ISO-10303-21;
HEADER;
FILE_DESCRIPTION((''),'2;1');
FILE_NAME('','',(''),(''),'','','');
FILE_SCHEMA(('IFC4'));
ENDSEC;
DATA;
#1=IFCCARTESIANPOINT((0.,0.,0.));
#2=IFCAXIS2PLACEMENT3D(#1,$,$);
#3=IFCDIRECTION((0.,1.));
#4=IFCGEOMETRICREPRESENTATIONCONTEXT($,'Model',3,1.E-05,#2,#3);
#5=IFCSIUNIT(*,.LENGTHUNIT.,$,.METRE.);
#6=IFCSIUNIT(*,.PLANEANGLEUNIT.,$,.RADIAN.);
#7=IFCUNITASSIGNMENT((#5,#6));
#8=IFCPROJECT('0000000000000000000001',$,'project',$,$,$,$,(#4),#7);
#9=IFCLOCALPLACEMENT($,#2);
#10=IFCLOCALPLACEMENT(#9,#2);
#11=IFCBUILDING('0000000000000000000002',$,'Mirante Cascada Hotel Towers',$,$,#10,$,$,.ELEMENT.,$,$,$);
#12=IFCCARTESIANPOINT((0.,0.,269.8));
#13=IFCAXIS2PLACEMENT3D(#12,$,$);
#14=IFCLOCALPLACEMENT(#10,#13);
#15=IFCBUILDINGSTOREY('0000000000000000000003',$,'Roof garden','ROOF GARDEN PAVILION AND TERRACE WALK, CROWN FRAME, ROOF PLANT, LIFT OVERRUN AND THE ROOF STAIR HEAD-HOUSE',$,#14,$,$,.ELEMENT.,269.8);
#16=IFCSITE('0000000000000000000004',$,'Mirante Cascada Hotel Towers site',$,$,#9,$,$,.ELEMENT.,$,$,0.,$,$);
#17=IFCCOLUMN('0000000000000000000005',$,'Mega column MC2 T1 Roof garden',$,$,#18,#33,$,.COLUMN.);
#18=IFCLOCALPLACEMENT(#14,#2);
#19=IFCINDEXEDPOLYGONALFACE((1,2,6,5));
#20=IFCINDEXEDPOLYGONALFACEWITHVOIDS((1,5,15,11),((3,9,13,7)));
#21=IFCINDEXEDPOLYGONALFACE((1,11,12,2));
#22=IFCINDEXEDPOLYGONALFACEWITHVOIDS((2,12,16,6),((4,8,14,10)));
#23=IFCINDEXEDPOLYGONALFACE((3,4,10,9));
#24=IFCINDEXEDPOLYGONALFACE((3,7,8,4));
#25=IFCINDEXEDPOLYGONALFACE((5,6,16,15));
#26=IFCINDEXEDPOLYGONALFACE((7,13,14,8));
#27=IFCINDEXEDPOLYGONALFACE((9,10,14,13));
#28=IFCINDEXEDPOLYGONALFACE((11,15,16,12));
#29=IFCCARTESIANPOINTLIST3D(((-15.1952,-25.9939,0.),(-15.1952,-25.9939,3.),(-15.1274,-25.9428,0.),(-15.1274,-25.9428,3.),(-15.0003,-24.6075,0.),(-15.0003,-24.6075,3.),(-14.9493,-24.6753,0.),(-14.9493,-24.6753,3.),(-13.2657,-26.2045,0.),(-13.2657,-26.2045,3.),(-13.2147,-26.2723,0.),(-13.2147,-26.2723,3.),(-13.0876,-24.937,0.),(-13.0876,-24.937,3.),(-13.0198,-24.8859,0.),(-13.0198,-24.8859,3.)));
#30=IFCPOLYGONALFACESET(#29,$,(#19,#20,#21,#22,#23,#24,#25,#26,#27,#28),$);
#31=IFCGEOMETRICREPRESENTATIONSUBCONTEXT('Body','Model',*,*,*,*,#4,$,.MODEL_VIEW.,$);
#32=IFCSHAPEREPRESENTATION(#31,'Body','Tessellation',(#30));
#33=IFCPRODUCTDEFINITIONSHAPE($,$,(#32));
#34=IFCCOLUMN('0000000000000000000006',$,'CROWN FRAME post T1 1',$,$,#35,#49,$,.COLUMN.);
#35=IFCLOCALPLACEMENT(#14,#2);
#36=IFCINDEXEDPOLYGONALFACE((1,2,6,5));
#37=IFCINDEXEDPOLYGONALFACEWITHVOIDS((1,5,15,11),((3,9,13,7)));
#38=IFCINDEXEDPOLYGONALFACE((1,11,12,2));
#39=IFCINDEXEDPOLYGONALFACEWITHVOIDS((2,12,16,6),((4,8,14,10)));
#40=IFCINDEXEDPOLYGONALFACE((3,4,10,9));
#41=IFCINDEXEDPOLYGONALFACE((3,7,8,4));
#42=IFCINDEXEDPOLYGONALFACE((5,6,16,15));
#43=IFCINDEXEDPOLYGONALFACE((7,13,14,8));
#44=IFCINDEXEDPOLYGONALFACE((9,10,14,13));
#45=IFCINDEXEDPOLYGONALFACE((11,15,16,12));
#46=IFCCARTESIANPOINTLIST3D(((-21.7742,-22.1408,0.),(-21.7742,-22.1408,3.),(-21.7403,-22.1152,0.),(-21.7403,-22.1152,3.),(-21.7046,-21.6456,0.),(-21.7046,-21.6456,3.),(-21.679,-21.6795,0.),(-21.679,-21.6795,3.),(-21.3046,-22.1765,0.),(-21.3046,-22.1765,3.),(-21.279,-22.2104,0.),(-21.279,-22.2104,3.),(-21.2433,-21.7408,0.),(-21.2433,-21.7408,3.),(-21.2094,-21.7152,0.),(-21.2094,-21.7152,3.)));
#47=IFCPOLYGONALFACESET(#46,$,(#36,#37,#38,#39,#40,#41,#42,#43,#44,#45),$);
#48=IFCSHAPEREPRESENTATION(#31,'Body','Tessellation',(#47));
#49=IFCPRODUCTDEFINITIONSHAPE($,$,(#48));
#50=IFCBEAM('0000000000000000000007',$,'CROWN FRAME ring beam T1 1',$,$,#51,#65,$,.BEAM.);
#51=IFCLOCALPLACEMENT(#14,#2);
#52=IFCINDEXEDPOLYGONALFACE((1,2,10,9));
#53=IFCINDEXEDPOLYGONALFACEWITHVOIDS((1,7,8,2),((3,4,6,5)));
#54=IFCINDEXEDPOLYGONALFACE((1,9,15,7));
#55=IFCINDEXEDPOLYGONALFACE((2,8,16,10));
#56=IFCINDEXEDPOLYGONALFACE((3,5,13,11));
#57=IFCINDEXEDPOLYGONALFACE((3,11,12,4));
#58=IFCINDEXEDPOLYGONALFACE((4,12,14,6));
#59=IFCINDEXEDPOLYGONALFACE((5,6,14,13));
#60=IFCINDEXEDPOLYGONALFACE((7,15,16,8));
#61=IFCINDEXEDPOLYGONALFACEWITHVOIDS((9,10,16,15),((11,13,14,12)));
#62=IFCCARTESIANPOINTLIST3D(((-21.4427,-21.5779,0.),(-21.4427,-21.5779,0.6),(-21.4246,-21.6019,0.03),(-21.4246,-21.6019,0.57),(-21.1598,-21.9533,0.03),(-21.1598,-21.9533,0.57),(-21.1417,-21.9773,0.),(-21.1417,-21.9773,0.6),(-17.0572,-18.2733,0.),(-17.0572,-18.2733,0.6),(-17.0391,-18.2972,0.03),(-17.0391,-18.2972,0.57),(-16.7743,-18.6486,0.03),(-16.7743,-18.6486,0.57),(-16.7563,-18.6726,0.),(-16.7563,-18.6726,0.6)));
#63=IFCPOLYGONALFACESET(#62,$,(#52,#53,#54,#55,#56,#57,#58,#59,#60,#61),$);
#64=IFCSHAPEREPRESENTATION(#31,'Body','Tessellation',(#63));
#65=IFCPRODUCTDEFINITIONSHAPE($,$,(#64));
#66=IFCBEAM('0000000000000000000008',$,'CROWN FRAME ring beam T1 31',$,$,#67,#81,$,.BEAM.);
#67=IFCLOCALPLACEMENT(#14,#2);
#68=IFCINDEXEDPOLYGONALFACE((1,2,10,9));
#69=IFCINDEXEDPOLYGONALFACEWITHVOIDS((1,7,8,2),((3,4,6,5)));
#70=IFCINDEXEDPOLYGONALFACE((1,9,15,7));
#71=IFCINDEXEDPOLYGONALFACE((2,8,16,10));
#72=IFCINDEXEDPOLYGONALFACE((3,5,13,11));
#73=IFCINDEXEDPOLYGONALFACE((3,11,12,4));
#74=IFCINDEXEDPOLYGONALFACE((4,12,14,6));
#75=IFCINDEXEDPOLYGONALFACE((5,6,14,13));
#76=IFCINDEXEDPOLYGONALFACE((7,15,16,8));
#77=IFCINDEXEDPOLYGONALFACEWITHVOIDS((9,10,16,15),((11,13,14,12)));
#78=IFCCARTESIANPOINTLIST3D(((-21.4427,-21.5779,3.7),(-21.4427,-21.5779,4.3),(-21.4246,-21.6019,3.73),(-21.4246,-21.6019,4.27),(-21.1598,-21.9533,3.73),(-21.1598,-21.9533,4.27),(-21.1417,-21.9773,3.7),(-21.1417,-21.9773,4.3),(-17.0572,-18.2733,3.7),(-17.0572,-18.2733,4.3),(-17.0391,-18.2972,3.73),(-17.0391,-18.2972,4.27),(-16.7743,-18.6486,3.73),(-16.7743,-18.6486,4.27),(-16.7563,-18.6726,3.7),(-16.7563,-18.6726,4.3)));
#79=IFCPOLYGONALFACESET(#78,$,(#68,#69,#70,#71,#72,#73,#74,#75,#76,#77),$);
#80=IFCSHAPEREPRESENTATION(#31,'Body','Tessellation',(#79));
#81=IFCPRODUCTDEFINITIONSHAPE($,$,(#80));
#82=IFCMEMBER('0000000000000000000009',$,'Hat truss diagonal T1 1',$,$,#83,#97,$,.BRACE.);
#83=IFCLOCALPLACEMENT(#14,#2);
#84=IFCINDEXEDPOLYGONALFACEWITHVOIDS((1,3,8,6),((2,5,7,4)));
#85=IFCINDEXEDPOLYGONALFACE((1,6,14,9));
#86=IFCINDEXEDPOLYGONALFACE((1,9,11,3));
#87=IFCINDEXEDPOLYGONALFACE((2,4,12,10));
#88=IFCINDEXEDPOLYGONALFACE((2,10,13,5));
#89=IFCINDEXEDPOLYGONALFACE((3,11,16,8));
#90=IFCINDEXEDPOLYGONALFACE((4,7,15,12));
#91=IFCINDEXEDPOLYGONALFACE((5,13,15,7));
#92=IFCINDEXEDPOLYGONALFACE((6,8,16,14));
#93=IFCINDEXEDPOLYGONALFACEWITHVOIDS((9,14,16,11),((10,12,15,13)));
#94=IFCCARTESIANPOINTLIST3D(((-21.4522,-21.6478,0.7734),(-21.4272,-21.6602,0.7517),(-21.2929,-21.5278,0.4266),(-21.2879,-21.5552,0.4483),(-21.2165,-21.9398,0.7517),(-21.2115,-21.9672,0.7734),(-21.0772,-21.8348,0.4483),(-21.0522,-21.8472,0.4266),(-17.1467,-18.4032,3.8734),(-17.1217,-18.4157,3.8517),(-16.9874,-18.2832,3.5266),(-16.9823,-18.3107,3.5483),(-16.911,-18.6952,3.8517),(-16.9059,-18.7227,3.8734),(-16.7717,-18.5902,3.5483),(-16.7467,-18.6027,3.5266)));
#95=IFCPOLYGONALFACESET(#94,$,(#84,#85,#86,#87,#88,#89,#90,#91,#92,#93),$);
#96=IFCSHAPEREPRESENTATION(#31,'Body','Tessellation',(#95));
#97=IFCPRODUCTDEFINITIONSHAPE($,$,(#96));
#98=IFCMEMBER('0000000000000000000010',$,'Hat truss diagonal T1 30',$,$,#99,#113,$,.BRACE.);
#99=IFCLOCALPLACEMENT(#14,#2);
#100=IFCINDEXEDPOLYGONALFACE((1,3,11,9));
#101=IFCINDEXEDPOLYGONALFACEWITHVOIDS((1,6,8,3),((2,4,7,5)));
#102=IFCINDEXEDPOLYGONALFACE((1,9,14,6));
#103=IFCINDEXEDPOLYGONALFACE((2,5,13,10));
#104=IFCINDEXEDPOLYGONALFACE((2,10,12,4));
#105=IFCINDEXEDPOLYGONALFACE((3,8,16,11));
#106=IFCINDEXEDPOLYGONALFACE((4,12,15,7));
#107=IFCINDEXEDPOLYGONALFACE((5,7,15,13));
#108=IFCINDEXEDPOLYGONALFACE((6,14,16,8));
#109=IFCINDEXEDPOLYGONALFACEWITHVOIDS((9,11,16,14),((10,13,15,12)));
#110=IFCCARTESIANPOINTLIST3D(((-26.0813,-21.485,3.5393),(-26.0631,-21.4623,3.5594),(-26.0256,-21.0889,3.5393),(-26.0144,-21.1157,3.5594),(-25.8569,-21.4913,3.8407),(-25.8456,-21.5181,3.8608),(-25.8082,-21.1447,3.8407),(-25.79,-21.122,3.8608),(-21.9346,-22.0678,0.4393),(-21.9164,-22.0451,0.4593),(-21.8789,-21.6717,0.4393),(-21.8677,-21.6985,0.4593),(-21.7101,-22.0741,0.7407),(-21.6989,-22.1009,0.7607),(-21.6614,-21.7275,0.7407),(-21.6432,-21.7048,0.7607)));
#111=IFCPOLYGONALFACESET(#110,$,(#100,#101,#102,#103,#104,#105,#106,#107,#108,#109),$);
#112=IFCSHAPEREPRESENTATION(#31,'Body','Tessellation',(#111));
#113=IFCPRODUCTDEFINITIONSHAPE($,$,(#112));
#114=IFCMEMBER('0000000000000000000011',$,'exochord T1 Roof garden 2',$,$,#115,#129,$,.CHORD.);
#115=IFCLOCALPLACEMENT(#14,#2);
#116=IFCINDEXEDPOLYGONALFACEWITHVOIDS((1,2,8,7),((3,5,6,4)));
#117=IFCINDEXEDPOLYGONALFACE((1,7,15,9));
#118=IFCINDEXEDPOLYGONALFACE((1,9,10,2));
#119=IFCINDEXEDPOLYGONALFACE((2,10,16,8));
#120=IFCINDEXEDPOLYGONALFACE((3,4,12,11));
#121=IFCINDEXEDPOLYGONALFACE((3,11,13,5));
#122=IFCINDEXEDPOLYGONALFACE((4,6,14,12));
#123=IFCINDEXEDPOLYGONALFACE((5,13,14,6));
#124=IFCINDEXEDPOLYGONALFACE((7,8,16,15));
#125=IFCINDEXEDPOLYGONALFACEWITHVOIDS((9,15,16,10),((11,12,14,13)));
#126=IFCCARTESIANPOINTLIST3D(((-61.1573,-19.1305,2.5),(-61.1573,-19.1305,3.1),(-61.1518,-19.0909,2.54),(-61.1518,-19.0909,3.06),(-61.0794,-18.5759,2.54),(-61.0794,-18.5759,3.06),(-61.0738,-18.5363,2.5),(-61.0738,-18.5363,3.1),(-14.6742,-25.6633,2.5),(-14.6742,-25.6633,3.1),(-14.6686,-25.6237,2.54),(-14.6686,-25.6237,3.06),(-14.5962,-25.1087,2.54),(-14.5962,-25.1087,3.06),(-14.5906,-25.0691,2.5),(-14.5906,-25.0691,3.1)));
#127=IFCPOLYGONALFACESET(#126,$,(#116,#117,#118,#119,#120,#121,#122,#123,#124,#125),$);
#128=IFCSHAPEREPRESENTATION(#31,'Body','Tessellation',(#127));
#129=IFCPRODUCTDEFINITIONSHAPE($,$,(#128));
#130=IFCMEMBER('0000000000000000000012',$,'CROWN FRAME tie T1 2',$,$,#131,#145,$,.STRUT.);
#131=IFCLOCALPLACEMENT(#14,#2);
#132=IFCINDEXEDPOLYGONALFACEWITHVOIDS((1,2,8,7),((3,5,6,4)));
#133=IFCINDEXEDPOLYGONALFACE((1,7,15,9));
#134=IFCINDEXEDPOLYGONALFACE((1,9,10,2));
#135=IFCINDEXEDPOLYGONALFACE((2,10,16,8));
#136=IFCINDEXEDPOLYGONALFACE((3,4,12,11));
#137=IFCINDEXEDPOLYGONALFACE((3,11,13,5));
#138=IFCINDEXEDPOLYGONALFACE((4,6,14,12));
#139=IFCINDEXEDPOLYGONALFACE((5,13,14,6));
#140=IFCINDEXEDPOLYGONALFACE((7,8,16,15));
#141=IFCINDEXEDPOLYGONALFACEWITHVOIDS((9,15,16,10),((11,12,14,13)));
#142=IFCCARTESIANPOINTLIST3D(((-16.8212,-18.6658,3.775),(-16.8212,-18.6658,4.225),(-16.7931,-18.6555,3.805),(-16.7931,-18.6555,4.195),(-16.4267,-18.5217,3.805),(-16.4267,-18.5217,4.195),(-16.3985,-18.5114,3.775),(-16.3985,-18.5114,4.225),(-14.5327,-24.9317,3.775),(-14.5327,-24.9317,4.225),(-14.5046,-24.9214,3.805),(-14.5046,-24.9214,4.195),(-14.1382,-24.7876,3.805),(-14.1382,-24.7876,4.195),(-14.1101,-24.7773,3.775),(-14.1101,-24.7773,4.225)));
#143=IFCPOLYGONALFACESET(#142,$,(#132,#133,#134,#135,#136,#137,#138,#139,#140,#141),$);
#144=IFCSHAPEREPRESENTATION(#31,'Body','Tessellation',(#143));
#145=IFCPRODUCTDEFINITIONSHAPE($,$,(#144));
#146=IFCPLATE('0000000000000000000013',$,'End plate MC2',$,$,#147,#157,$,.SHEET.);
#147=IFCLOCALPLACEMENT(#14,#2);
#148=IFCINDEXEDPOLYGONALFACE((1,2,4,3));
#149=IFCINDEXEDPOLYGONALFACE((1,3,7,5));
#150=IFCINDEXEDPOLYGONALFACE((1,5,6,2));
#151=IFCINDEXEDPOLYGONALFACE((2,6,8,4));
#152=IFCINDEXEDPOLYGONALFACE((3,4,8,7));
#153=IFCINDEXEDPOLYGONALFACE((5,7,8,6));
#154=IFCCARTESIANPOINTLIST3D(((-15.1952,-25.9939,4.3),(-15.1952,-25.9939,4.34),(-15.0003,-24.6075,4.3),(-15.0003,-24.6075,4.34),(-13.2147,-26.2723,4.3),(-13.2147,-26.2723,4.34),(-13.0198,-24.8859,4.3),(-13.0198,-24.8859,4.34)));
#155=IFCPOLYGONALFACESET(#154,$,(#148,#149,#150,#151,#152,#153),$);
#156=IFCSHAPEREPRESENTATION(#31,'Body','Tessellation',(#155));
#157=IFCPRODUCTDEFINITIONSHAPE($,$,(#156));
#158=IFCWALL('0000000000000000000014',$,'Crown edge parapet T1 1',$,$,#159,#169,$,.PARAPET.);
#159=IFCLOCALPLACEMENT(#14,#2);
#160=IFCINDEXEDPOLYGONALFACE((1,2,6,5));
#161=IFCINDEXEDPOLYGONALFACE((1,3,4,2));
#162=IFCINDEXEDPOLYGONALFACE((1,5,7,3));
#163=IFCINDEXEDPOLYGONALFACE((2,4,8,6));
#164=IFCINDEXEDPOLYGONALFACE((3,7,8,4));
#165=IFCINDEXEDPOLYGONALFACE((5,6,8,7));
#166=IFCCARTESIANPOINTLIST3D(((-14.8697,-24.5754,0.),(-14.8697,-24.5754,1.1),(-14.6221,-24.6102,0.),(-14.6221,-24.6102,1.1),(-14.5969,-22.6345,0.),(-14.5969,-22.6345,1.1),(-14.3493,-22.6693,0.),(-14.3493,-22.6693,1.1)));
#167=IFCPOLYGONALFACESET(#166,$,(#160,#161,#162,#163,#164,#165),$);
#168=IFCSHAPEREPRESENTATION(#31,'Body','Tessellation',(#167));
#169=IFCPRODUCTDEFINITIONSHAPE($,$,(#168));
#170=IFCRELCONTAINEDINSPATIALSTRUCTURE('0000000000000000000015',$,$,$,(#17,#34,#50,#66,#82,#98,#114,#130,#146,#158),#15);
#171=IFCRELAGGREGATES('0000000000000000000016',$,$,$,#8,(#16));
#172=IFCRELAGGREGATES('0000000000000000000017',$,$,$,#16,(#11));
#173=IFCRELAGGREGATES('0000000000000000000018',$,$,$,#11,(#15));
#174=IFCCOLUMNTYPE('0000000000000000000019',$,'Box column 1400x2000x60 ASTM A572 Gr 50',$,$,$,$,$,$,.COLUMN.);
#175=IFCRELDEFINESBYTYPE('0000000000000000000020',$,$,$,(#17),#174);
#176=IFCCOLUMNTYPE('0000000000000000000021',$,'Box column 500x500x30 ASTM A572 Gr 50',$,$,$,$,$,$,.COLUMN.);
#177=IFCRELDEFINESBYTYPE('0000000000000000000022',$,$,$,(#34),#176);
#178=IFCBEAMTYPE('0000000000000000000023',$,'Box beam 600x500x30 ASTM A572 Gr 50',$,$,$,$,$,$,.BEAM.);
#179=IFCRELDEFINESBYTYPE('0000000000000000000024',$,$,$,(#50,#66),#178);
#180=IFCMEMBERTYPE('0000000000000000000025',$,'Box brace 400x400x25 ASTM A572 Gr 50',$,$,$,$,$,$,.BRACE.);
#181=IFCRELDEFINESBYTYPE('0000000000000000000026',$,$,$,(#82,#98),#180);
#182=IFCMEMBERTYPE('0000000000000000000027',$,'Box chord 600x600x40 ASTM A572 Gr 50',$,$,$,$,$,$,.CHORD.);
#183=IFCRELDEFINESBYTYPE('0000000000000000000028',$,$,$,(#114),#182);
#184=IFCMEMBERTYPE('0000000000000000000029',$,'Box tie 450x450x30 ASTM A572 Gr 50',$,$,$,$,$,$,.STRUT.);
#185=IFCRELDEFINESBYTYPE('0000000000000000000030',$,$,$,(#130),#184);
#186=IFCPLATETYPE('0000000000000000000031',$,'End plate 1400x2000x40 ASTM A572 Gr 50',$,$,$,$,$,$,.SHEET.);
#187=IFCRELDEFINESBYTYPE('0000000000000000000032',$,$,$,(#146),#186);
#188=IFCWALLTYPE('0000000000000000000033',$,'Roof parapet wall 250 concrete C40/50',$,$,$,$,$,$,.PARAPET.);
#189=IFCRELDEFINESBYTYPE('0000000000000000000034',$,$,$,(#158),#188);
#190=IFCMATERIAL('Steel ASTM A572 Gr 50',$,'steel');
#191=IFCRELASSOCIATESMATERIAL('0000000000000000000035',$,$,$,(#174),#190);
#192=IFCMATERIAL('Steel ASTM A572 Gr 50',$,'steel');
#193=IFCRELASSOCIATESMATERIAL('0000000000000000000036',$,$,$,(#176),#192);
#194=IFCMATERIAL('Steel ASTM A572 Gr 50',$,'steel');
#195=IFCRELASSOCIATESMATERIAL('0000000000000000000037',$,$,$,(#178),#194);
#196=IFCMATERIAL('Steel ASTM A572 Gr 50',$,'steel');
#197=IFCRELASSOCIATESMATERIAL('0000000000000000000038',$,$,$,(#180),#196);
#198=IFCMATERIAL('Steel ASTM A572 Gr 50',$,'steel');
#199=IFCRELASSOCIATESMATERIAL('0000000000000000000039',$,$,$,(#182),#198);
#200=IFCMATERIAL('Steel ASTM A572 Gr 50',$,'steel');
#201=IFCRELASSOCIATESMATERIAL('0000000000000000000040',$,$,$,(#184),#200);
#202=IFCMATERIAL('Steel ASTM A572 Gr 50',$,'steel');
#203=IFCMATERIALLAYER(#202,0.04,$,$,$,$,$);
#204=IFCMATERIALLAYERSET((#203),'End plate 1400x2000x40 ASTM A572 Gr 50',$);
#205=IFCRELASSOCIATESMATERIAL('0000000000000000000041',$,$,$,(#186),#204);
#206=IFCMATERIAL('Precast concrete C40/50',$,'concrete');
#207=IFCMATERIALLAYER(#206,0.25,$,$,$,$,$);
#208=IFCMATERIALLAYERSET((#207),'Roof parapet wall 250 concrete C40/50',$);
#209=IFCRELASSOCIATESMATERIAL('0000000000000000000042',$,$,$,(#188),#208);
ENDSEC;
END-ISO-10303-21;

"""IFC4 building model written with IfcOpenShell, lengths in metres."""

from ifc_helpers import new_model, si_unit, direction, frame, frame_2d, origin, origin_2d, place, context, subcontext, project, spatial, rectangle, hollow_rectangle, extrude, material, layer, layer_set, material_profile, profile_set, type_object, element, save


model = new_model("IFC4")

# Units and contexts
model_context = context("Model", 3, precision=1e-05, world=origin(), true_north=direction((0.0, 1.0)))
body_context = subcontext(model_context, "Body", "Model", "MODEL_VIEW")
ifc_project = project(units=[si_unit("LENGTHUNIT", "METRE"), si_unit("PLANEANGLEUNIT", "RADIAN")], contexts=[model_context])

# Site, building, storey
site_placement = place(None, origin())
site = spatial("IfcSite", under=ifc_project, at=site_placement, Name="Mirante Cascada Hotel Towers site", CompositionType="ELEMENT", RefElevation=0.0)
building_placement = place(site_placement, origin())
building = spatial("IfcBuilding", under=site, at=building_placement, Name="Mirante Cascada Hotel Towers", CompositionType="ELEMENT")
storey_placement = place(building_placement, frame((0.0, 0.0, 269.8)))
storey = spatial("IfcBuildingStorey", under=building, at=storey_placement, Name="Roof garden", Description="ROOF GARDEN PAVILION AND TERRACE WALK, CROWN FRAME, ROOF PLANT, LIFT OVERRUN AND THE ROOF STAIR HEAD-HOUSE", CompositionType="ELEMENT", Elevation=269.8)

# Columns
ifc_material_1 = material(Name="Steel ASTM A572 Gr 50", Category="steel")
ifc_material_profile_1 = material_profile(ifc_material_1, hollow_rectangle(XDim=2.0, YDim=1.4, WallThickness=0.06, at=origin_2d()), Name="Box column 1400x2000x60 ASTM A572 Gr 50")
ifc_profile_set_1 = profile_set([ifc_material_profile_1], Name="Steel ASTM A572 Gr 50")
column_type_1 = type_object("IfcColumnType", Name="Box column 1400x2000x60 ASTM A572 Gr 50", PredefinedType="COLUMN", material=ifc_profile_set_1)
column_1_placement = place(storey_placement, frame((-14.1075, -25.4399, 0.0), z_axis=(0.0, 0.0, 1.0), x_axis=(-0.990268, 0.139173, 0.0)))
element("IfcColumn", 1, at=column_1_placement, inside=storey, type_object=column_type_1, Name="Mega column MC2 T1 Roof garden", PredefinedType="COLUMN", context=body_context, shape_type="SweptSolid", body=[
    extrude(hollow_rectangle(XDim=2.0, YDim=1.4, WallThickness=0.06, at=origin_2d()), origin(), (0.0, 0.0, 1.0), 3.0),
])
ifc_material_2 = material(Name="Steel ASTM A572 Gr 50", Category="steel")
ifc_material_profile_2 = material_profile(ifc_material_2, hollow_rectangle(XDim=0.5, YDim=0.5, WallThickness=0.03, at=origin_2d()), Name="Box column 500x500x30 ASTM A572 Gr 50")
ifc_profile_set_2 = profile_set([ifc_material_profile_2], Name="Steel ASTM A572 Gr 50")
column_type_2 = type_object("IfcColumnType", Name="Box column 500x500x30 ASTM A572 Gr 50", PredefinedType="COLUMN", material=ifc_profile_set_2)
column_2_placement = place(storey_placement, frame((-21.4918, -21.928, 0.0), z_axis=(0.0, 0.0, 1.0), x_axis=(-0.990268, 0.139173, 0.0)))
element("IfcColumn", 2, at=column_2_placement, inside=storey, type_object=column_type_2, Name="CROWN FRAME post T1 1", PredefinedType="COLUMN", context=body_context, shape_type="SweptSolid", body=[
    extrude(hollow_rectangle(XDim=0.5, YDim=0.5, WallThickness=0.03, at=origin_2d()), origin(), (0.0, 0.0, 1.0), 3.0),
])

# Beams
ifc_material_3 = material(Name="Steel ASTM A572 Gr 50", Category="steel")
ifc_material_profile_3 = material_profile(ifc_material_3, hollow_rectangle(XDim=0.5, YDim=0.6, WallThickness=0.03, at=origin_2d()), Name="Box beam 600x500x30 ASTM A572 Gr 50")
ifc_profile_set_3 = profile_set([ifc_material_profile_3], Name="Steel ASTM A572 Gr 50")
beam_type = type_object("IfcBeamType", Name="Box beam 600x500x30 ASTM A572 Gr 50", PredefinedType="BEAM", material=ifc_profile_set_3)
for number, where, z_axis, x_axis, name in (
    (3, (-21.2922, -21.7776, 0.3), (0.798636, 0.601814, 0.0), (-0.601814, 0.798636, 0.0), "CROWN FRAME ring beam T1 1"),
    (4, (-21.2922, -21.7776, 4.0), (0.798636, 0.601814, 0.0), (-0.601814, 0.798636, 0.0), "CROWN FRAME ring beam T1 31"),
):
    element("IfcBeam", number, at=place(storey_placement, frame(where, z_axis=z_axis, x_axis=x_axis)), inside=storey, type_object=beam_type, Name=name, PredefinedType="BEAM", context=body_context, shape_type="SweptSolid", body=[
        extrude(hollow_rectangle(XDim=0.5, YDim=0.6, WallThickness=0.03, at=origin_2d()), origin(), (0.0, 0.0, 1.0), 5.4912),
    ])

# Members
ifc_material_4 = material(Name="Steel ASTM A572 Gr 50", Category="steel")
ifc_material_profile_4 = material_profile(ifc_material_4, hollow_rectangle(XDim=0.4, YDim=0.4, WallThickness=0.025, at=origin_2d()), Name="Box brace 400x400x25 ASTM A572 Gr 50")
ifc_profile_set_4 = profile_set([ifc_material_profile_4], Name="Steel ASTM A572 Gr 50")
member_type_1 = type_object("IfcMemberType", Name="Box brace 400x400x25 ASTM A572 Gr 50", PredefinedType="BRACE", material=ifc_profile_set_4)
member_1_placement = place(storey_placement, frame((-21.2522, -21.7475, 0.6), z_axis=(0.69233, 0.52172, 0.498484), x_axis=(-0.601824, 0.798629, 0.0)))
element("IfcMember", 5, at=member_1_placement, inside=storey, type_object=member_type_1, Name="Hat truss diagonal T1 1", PredefinedType="BRACE", context=body_context, shape_type="SweptSolid", body=[
    extrude(hollow_rectangle(XDim=0.4, YDim=0.4, WallThickness=0.025, at=origin_2d()), origin(), (0.0, 0.0, 1.0), 6.2189),
])
member_2_placement = place(storey_placement, frame((-21.7889, -21.8863, 0.6), z_axis=(-0.795902, 0.11186, 0.595002), x_axis=(-0.139178, -0.990267, 0.0)))
element("IfcMember", 6, at=member_2_placement, inside=storey, type_object=member_type_1, Name="Hat truss diagonal T1 30", PredefinedType="BRACE", context=body_context, shape_type="SweptSolid", body=[
    extrude(hollow_rectangle(XDim=0.4, YDim=0.4, WallThickness=0.025, at=origin_2d()), origin(), (0.0, 0.0, 1.0), 5.2101),
])
ifc_material_5 = material(Name="Steel ASTM A572 Gr 50", Category="steel")
ifc_material_profile_5 = material_profile(ifc_material_5, hollow_rectangle(XDim=0.6, YDim=0.6, WallThickness=0.04, at=origin_2d()), Name="Box chord 600x600x40 ASTM A572 Gr 50")
ifc_profile_set_5 = profile_set([ifc_material_profile_5], Name="Steel ASTM A572 Gr 50")
member_type_2 = type_object("IfcMemberType", Name="Box chord 600x600x40 ASTM A572 Gr 50", PredefinedType="CHORD", material=ifc_profile_set_5)
member_3_placement = place(storey_placement, frame((-14.6324, -25.3662, 2.8), z_axis=(-0.990268, 0.139173, 0.0), x_axis=(-0.139173, -0.990268, 0.0)))
element("IfcMember", 7, at=member_3_placement, inside=storey, type_object=member_type_2, Name="exochord T1 Roof garden 2", PredefinedType="CHORD", context=body_context, shape_type="SweptSolid", body=[
    extrude(hollow_rectangle(XDim=0.6, YDim=0.6, WallThickness=0.04, at=origin_2d()), origin(), (0.0, 0.0, 1.0), 46.94),
])
ifc_material_6 = material(Name="Steel ASTM A572 Gr 50", Category="steel")
ifc_material_profile_6 = material_profile(ifc_material_6, hollow_rectangle(XDim=0.45, YDim=0.45, WallThickness=0.03, at=origin_2d()), Name="Box tie 450x450x30 ASTM A572 Gr 50")
ifc_profile_set_6 = profile_set([ifc_material_profile_6], Name="Steel ASTM A572 Gr 50")
member_type_3 = type_object("IfcMemberType", Name="Box tie 450x450x30 ASTM A572 Gr 50", PredefinedType="STRUT", material=ifc_profile_set_6)
member_4_placement = place(storey_placement, frame((-14.3214, -24.8545, 4.0), z_axis=(-0.343066, 0.939311, 0.0), x_axis=(-0.939311, -0.343066, 0.0)))
element("IfcMember", 8, at=member_4_placement, inside=storey, type_object=member_type_3, Name="CROWN FRAME tie T1 2", PredefinedType="STRUT", context=body_context, shape_type="SweptSolid", body=[
    extrude(hollow_rectangle(XDim=0.45, YDim=0.45, WallThickness=0.03, at=origin_2d()), origin(), (0.0, 0.0, 1.0), 6.6707),
])

# Plate
ifc_material_7 = material(Name="Steel ASTM A572 Gr 50", Category="steel")
ifc_layer_1 = layer(ifc_material_7, 0.04)
ifc_layer_set_1 = layer_set([ifc_layer_1], Name="End plate 1400x2000x40 ASTM A572 Gr 50")
plate_type = type_object("IfcPlateType", Name="End plate 1400x2000x40 ASTM A572 Gr 50", PredefinedType="SHEET", material=ifc_layer_set_1)
plate_placement = place(storey_placement, frame((-14.1075, -25.4399, 4.3), z_axis=(0.0, 0.0, 1.0), x_axis=(-0.990268, 0.139173, 0.0)))
element("IfcPlate", 9, at=plate_placement, inside=storey, type_object=plate_type, Name="End plate MC2", PredefinedType="SHEET", context=body_context, shape_type="SweptSolid", body=[
    extrude(rectangle(XDim=2.0, YDim=1.4, at=origin_2d()), origin(), (0.0, 0.0, 1.0), 0.04),
])

# Wall
ifc_material_8 = material(Name="Precast concrete C40/50", Category="concrete")
ifc_layer_2 = layer(ifc_material_8, 0.25)
ifc_layer_set_2 = layer_set([ifc_layer_2], Name="Roof parapet wall 250 concrete C40/50")
wall_type = type_object("IfcWallType", Name="Roof parapet wall 250 concrete C40/50", PredefinedType="PARAPET", material=ifc_layer_set_2)
wall_1_placement = place(storey_placement, frame((-14.4731, -22.6519, 0.0), z_axis=(0.0, 0.0, 1.0), x_axis=(-0.139185, -0.990266, 0.0)))
element("IfcWall", 10, at=wall_1_placement, inside=storey, type_object=wall_type, Name="Crown edge parapet T1 1", PredefinedType="PARAPET", context=body_context, shape_type="SweptSolid", body=[
    extrude(rectangle(XDim=1.96, YDim=0.25, at=frame_2d((0.98, 0.0))), origin(), (0.0, 0.0, 1.0), 1.1),
])

save(model, "model.ifc")
